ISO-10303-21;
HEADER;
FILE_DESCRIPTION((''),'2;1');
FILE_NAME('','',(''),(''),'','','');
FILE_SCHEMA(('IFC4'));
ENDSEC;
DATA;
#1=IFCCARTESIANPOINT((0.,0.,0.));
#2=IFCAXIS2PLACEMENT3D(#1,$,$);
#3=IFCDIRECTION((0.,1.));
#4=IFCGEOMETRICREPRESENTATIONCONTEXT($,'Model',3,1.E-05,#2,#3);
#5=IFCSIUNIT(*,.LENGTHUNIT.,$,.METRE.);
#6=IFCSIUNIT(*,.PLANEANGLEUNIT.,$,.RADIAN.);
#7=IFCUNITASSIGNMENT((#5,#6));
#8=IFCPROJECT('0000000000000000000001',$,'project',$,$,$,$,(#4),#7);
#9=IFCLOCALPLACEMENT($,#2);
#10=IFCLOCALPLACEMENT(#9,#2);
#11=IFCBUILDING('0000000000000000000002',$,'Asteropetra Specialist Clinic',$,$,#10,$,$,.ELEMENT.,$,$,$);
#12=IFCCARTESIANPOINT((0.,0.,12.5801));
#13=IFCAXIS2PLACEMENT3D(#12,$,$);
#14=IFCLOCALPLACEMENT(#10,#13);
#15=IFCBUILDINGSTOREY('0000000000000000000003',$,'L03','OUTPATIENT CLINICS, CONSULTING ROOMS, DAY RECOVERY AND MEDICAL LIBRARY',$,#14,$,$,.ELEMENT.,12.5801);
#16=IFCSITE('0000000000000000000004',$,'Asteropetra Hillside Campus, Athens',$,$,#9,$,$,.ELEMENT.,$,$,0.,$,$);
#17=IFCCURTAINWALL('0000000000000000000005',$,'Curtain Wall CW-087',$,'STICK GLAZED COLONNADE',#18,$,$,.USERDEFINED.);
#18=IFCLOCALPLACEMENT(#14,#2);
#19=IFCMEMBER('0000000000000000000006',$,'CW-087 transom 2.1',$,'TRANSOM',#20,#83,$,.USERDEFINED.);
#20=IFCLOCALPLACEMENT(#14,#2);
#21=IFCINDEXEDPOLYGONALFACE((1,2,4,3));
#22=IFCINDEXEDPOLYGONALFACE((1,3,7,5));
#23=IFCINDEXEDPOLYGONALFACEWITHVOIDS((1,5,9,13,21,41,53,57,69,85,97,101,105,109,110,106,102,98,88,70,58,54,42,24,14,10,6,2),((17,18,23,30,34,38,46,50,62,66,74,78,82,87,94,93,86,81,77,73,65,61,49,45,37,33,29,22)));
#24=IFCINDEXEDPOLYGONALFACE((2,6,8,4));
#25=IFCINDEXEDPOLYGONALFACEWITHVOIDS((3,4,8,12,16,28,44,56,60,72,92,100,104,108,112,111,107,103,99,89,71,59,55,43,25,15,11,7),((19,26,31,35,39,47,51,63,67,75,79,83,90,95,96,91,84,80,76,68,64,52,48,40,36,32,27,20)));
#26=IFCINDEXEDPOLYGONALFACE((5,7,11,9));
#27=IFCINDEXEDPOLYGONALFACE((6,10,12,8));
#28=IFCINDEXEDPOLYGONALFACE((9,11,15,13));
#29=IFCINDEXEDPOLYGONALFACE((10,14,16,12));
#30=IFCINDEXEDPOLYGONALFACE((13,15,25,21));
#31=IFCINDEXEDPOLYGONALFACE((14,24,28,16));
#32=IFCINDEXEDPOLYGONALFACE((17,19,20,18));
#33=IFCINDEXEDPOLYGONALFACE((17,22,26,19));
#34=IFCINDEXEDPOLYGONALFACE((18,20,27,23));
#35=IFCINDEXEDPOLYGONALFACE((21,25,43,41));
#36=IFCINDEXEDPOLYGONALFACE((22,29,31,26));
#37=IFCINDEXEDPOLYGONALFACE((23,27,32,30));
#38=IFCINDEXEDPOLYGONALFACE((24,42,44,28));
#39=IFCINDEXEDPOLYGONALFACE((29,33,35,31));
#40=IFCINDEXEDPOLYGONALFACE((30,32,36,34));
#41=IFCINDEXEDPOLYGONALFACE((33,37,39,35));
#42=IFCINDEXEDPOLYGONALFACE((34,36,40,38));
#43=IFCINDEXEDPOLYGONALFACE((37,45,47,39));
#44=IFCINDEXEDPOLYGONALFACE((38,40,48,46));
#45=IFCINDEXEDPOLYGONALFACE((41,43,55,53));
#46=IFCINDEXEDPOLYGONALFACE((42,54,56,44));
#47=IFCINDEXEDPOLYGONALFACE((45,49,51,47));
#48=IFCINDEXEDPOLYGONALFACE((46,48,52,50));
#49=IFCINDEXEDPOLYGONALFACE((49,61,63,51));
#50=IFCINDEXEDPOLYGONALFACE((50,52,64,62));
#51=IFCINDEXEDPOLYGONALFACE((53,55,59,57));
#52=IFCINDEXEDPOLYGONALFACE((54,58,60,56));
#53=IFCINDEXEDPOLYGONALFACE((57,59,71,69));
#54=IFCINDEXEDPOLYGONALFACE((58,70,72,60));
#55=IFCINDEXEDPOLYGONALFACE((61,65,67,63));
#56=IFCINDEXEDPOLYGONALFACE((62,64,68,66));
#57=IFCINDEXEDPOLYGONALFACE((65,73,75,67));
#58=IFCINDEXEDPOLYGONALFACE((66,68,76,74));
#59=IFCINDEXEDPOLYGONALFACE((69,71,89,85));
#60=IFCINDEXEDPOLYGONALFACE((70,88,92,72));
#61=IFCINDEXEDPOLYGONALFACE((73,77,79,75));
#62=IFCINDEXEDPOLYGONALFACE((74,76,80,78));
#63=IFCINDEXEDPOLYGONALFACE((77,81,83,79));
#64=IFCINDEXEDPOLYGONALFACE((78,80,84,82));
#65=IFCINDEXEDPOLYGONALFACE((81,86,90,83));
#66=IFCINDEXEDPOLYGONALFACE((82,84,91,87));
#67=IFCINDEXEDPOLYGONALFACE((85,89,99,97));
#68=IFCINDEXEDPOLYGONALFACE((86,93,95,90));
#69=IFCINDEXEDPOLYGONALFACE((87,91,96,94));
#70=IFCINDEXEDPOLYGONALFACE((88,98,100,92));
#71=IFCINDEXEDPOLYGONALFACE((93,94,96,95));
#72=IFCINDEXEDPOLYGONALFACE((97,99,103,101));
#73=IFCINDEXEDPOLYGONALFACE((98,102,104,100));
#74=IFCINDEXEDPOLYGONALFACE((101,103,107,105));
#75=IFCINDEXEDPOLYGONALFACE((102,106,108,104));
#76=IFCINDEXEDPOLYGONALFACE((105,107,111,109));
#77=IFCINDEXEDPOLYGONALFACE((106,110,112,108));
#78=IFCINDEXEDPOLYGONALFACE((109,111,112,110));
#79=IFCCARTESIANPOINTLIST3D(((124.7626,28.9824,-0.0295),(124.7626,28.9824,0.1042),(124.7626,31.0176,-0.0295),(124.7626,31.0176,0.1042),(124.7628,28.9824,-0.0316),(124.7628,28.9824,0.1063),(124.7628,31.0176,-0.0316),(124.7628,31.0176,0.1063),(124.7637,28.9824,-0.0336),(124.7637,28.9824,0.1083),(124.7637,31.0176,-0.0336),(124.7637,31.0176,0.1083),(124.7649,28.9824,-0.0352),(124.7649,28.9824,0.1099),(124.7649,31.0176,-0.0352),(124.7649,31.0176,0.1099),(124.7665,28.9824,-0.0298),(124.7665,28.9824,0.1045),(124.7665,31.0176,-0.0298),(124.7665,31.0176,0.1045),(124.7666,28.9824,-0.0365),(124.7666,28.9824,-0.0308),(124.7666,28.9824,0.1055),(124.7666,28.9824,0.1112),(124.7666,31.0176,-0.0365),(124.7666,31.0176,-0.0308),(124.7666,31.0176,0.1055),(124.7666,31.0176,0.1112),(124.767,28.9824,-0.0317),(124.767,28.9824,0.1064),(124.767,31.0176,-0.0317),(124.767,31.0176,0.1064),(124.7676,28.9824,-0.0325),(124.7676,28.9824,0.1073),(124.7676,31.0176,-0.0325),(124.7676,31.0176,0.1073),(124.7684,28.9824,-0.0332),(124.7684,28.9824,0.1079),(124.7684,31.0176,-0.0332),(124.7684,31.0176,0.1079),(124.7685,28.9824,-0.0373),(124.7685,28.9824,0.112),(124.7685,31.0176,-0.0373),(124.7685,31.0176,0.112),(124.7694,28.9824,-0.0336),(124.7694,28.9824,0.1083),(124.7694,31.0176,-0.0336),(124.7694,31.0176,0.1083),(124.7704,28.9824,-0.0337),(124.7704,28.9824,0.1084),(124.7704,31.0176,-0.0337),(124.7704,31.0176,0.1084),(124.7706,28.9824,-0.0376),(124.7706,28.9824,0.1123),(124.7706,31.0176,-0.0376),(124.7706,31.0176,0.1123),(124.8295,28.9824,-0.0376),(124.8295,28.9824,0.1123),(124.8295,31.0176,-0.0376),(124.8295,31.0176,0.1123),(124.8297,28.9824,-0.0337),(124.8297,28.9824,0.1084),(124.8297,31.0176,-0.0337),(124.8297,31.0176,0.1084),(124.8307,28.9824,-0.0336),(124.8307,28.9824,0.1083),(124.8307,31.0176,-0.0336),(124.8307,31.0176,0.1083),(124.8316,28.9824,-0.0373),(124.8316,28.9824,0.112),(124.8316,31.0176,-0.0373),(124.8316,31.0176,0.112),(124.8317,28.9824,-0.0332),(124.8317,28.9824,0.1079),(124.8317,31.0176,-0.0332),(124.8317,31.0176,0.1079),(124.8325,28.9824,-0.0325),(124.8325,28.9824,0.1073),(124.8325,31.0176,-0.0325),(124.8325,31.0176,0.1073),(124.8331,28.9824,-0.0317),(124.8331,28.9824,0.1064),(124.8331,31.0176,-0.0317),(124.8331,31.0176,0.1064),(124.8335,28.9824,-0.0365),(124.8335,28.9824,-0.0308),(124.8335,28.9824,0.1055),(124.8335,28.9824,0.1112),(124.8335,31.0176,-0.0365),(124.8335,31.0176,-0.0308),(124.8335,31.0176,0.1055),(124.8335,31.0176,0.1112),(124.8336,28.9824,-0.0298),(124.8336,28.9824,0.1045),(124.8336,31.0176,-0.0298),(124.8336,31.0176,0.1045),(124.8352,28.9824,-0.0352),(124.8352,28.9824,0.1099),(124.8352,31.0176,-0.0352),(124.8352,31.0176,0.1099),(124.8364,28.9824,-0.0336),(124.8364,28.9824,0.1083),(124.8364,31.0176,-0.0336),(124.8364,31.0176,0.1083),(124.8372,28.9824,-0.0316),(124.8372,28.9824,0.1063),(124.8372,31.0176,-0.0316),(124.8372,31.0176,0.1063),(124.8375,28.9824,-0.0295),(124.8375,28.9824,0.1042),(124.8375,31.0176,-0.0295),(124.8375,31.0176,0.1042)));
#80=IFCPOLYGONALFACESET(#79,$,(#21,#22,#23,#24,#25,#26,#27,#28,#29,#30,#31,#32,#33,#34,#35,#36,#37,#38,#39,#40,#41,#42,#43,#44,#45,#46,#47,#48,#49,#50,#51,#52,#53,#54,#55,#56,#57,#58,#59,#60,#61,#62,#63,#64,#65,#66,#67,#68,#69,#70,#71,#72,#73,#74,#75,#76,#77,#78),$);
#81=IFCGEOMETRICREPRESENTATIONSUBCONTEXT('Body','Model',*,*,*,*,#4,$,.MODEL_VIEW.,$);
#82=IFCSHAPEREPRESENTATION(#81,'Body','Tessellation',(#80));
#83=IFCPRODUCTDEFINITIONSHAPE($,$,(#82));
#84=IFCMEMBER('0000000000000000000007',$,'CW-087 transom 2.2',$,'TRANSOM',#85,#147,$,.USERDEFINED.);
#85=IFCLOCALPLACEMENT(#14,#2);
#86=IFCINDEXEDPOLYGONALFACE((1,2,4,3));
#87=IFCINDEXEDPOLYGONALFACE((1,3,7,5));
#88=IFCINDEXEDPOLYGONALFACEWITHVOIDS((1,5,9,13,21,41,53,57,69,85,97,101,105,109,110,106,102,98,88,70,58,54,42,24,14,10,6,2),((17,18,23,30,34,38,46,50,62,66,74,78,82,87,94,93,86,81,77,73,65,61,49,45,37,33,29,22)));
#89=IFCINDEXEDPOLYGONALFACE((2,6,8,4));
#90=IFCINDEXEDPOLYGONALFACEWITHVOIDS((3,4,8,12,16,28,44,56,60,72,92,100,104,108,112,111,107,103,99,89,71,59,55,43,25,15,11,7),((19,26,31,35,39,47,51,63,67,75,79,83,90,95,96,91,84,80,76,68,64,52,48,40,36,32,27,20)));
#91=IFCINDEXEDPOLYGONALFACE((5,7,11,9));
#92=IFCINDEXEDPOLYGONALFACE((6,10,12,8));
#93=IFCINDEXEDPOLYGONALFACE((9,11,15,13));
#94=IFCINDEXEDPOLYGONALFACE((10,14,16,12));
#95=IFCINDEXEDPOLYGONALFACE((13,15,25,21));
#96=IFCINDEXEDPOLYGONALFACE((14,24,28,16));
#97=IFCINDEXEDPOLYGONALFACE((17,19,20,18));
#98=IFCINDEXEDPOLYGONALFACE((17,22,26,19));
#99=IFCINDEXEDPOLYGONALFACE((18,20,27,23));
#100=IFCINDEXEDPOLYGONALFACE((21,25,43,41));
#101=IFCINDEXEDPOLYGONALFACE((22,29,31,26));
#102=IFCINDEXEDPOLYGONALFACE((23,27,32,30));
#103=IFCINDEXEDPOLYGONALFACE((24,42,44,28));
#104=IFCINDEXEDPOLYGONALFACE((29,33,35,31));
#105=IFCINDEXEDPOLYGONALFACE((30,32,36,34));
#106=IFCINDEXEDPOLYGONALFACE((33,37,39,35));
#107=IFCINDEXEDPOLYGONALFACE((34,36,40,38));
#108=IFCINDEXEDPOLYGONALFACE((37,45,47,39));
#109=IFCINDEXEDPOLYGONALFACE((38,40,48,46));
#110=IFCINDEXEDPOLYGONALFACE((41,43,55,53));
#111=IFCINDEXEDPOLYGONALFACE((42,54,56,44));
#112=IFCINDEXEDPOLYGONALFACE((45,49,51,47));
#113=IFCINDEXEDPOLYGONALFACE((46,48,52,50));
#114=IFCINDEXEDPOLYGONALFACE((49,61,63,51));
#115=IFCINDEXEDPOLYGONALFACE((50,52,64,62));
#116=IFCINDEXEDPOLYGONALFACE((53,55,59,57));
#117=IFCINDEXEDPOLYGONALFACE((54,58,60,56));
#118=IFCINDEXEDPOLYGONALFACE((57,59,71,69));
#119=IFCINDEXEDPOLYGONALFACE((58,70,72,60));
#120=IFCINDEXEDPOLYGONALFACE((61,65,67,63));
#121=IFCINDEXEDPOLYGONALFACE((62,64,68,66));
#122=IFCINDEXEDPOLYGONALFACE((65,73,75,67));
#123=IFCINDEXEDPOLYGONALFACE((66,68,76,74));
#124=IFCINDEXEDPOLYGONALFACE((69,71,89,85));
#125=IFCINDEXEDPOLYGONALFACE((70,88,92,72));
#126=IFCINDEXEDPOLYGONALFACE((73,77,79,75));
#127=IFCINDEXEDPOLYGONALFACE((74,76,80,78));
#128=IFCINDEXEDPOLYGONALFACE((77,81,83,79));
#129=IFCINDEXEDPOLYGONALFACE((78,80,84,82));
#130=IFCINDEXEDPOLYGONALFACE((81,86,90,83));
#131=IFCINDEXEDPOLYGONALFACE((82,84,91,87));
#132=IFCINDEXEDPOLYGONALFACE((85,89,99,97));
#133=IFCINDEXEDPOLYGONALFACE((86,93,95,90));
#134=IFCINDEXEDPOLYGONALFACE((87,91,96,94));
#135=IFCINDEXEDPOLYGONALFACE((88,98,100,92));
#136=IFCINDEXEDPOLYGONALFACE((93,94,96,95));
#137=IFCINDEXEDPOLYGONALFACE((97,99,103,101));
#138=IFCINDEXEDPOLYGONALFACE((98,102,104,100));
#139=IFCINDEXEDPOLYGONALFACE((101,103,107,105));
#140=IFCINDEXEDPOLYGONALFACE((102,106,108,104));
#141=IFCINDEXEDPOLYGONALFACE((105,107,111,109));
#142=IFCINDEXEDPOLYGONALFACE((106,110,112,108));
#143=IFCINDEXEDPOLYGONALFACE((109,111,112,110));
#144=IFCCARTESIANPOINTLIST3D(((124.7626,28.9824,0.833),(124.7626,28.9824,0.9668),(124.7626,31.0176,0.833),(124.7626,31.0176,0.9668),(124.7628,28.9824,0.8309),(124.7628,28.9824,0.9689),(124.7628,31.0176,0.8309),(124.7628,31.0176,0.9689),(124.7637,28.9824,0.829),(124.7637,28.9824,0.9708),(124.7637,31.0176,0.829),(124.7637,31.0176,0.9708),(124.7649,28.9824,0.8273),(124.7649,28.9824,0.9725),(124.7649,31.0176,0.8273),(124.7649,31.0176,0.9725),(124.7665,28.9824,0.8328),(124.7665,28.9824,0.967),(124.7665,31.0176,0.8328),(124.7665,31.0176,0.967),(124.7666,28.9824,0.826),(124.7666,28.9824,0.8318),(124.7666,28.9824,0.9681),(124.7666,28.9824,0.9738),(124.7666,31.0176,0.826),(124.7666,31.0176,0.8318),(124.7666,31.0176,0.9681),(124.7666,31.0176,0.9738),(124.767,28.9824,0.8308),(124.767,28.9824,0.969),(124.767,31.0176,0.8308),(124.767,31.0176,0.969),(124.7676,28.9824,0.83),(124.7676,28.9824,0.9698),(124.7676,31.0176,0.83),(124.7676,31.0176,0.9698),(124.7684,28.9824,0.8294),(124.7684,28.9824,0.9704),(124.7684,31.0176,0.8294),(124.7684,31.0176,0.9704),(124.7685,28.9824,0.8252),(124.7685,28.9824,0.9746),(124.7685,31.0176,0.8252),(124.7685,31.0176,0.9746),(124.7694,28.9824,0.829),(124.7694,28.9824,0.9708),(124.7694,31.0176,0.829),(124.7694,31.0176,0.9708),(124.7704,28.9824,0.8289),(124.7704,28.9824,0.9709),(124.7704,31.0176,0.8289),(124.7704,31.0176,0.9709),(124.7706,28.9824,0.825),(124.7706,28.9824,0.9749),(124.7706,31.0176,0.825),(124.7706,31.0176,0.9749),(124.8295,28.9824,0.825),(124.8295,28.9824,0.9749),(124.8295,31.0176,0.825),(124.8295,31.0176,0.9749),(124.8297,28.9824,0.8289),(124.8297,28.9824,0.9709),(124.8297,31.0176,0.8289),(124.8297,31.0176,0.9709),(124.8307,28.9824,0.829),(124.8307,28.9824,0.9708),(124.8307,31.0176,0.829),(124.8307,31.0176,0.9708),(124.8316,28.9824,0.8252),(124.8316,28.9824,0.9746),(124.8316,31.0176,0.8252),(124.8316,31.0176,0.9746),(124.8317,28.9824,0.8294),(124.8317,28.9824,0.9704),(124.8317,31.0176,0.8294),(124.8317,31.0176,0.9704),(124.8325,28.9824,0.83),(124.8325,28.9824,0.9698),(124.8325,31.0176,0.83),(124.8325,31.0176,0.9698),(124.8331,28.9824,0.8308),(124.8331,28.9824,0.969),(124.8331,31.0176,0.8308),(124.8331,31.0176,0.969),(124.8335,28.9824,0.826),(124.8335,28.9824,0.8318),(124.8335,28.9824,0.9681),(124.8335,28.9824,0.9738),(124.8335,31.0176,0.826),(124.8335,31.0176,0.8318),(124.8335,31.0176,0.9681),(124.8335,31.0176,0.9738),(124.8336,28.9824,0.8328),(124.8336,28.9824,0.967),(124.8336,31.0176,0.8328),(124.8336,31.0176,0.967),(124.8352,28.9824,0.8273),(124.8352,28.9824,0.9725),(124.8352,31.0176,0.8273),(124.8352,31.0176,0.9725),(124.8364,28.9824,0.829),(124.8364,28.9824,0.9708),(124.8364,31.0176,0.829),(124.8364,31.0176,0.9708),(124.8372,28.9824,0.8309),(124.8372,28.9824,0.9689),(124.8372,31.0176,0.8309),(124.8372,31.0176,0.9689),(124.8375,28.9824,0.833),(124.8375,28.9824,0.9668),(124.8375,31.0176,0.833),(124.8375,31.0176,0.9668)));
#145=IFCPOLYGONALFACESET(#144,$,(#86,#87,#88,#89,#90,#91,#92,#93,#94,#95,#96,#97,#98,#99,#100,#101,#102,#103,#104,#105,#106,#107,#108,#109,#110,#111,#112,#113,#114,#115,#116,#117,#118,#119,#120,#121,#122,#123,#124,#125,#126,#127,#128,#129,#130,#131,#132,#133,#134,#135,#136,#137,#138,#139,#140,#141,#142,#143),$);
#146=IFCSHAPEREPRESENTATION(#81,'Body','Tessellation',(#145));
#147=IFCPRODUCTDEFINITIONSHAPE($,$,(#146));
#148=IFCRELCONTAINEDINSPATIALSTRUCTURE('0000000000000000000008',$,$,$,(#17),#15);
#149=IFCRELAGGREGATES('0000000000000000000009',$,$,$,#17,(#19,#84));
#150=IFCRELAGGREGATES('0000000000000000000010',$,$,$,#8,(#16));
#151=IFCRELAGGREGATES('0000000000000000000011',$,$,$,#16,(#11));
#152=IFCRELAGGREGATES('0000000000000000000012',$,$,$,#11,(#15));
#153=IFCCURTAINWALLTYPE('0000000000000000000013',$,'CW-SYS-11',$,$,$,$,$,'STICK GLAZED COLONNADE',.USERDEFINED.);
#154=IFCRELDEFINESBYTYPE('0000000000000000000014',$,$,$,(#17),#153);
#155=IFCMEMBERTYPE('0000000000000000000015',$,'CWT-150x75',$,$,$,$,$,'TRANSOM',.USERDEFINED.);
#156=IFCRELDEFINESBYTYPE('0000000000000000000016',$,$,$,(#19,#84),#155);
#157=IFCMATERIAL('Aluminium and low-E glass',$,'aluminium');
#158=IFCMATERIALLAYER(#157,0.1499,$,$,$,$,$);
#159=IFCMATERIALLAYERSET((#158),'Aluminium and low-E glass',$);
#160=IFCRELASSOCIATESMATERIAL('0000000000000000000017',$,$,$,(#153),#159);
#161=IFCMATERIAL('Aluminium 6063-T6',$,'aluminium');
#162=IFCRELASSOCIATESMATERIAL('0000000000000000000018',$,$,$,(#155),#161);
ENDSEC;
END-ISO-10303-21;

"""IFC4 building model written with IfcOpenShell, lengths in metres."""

from ifc_helpers import new_model, si_unit, direction, frame, origin, origin_2d, place, context, subcontext, project, spatial, hollow_rectangle, extrude, material, layer, layer_set, material_profile, profile_set, type_object, element, aggregate, save


model = new_model("IFC4")

# Units and contexts
model_context = context("Model", 3, precision=1e-05, world=origin(), true_north=direction((0.0, 1.0)))
body_context = subcontext(model_context, "Body", "Model", "MODEL_VIEW")
ifc_project = project(units=[si_unit("LENGTHUNIT", "METRE"), si_unit("PLANEANGLEUNIT", "RADIAN")], contexts=[model_context])

# Site, building, storey
site_placement = place(None, origin())
site = spatial("IfcSite", under=ifc_project, at=site_placement, Name="Asteropetra Hillside Campus, Athens", CompositionType="ELEMENT", RefElevation=0.0)
building_placement = place(site_placement, origin())
building = spatial("IfcBuilding", under=site, at=building_placement, Name="Asteropetra Specialist Clinic", CompositionType="ELEMENT")
storey_placement = place(building_placement, frame((0.0, 0.0, 12.5801)))
storey = spatial("IfcBuildingStorey", under=building, at=storey_placement, Name="L03", Description="OUTPATIENT CLINICS, CONSULTING ROOMS, DAY RECOVERY AND MEDICAL LIBRARY", CompositionType="ELEMENT", Elevation=12.5801)

# Curtain wall
ifc_material_1 = material(Name="Aluminium and low-E glass", Category="aluminium")
ifc_layer_1 = layer(ifc_material_1, 0.1499)
ifc_layer_set_1 = layer_set([ifc_layer_1], Name="Aluminium and low-E glass")
curtain_wall_type_1 = type_object("IfcCurtainWallType", Name="CW-SYS-11", ElementType="STICK GLAZED COLONNADE", PredefinedType="USERDEFINED", material=ifc_layer_set_1)
curtain_wall_1_placement = place(storey_placement, origin())
curtain_wall_1 = element("IfcCurtainWall", 1, at=curtain_wall_1_placement, inside=storey, type_object=curtain_wall_type_1, Name="Curtain Wall CW-087", ObjectType="STICK GLAZED COLONNADE", PredefinedType="USERDEFINED")

# Members
ifc_material_2 = material(Name="Aluminium 6063-T6", Category="aluminium")
ifc_material_profile_1 = material_profile(ifc_material_2, hollow_rectangle(XDim=0.075, YDim=0.1499, WallThickness=0.0039, InnerFilletRadius=0.0039, OuterFilletRadius=0.0081, at=origin_2d()), Name="TRN 150x75x4.0")
ifc_profile_set_1 = profile_set([ifc_material_profile_1], Name="Aluminium 6063-T6")
member_type_1 = type_object("IfcMemberType", Name="CWT-150x75", ElementType="TRANSOM", PredefinedType="USERDEFINED", material=ifc_profile_set_1)
member_1_placement = place(storey_placement, frame((124.8, 31.0176, 0.0374), z_axis=(0.0, -1.0, 0.0), x_axis=(1.0, 0.0, 0.0)))
member_1 = element("IfcMember", 2, at=member_1_placement, type_object=member_type_1, Name="CW-087 transom 2.1", ObjectType="TRANSOM", PredefinedType="USERDEFINED", context=body_context, shape_type="SweptSolid", body=[
    extrude(hollow_rectangle(XDim=0.075, YDim=0.1499, WallThickness=0.0039, InnerFilletRadius=0.0039, OuterFilletRadius=0.0081, at=origin_2d()), origin(), (0.0, 0.0, 1.0), 2.0352),
])
member_2_placement = place(storey_placement, frame((124.8, 31.0176, 0.8999), z_axis=(0.0, -1.0, 0.0), x_axis=(1.0, 0.0, 0.0)))
member_2 = element("IfcMember", 3, at=member_2_placement, type_object=member_type_1, Name="CW-087 transom 2.2", ObjectType="TRANSOM", PredefinedType="USERDEFINED", context=body_context, shape_type="SweptSolid", body=[
    extrude(hollow_rectangle(XDim=0.075, YDim=0.1499, WallThickness=0.0039, InnerFilletRadius=0.0039, OuterFilletRadius=0.0081, at=origin_2d()), origin(), (0.0, 0.0, 1.0), 2.0352),
])

aggregate(curtain_wall_1, [member_1, member_2])

save(model, "model.ifc")
